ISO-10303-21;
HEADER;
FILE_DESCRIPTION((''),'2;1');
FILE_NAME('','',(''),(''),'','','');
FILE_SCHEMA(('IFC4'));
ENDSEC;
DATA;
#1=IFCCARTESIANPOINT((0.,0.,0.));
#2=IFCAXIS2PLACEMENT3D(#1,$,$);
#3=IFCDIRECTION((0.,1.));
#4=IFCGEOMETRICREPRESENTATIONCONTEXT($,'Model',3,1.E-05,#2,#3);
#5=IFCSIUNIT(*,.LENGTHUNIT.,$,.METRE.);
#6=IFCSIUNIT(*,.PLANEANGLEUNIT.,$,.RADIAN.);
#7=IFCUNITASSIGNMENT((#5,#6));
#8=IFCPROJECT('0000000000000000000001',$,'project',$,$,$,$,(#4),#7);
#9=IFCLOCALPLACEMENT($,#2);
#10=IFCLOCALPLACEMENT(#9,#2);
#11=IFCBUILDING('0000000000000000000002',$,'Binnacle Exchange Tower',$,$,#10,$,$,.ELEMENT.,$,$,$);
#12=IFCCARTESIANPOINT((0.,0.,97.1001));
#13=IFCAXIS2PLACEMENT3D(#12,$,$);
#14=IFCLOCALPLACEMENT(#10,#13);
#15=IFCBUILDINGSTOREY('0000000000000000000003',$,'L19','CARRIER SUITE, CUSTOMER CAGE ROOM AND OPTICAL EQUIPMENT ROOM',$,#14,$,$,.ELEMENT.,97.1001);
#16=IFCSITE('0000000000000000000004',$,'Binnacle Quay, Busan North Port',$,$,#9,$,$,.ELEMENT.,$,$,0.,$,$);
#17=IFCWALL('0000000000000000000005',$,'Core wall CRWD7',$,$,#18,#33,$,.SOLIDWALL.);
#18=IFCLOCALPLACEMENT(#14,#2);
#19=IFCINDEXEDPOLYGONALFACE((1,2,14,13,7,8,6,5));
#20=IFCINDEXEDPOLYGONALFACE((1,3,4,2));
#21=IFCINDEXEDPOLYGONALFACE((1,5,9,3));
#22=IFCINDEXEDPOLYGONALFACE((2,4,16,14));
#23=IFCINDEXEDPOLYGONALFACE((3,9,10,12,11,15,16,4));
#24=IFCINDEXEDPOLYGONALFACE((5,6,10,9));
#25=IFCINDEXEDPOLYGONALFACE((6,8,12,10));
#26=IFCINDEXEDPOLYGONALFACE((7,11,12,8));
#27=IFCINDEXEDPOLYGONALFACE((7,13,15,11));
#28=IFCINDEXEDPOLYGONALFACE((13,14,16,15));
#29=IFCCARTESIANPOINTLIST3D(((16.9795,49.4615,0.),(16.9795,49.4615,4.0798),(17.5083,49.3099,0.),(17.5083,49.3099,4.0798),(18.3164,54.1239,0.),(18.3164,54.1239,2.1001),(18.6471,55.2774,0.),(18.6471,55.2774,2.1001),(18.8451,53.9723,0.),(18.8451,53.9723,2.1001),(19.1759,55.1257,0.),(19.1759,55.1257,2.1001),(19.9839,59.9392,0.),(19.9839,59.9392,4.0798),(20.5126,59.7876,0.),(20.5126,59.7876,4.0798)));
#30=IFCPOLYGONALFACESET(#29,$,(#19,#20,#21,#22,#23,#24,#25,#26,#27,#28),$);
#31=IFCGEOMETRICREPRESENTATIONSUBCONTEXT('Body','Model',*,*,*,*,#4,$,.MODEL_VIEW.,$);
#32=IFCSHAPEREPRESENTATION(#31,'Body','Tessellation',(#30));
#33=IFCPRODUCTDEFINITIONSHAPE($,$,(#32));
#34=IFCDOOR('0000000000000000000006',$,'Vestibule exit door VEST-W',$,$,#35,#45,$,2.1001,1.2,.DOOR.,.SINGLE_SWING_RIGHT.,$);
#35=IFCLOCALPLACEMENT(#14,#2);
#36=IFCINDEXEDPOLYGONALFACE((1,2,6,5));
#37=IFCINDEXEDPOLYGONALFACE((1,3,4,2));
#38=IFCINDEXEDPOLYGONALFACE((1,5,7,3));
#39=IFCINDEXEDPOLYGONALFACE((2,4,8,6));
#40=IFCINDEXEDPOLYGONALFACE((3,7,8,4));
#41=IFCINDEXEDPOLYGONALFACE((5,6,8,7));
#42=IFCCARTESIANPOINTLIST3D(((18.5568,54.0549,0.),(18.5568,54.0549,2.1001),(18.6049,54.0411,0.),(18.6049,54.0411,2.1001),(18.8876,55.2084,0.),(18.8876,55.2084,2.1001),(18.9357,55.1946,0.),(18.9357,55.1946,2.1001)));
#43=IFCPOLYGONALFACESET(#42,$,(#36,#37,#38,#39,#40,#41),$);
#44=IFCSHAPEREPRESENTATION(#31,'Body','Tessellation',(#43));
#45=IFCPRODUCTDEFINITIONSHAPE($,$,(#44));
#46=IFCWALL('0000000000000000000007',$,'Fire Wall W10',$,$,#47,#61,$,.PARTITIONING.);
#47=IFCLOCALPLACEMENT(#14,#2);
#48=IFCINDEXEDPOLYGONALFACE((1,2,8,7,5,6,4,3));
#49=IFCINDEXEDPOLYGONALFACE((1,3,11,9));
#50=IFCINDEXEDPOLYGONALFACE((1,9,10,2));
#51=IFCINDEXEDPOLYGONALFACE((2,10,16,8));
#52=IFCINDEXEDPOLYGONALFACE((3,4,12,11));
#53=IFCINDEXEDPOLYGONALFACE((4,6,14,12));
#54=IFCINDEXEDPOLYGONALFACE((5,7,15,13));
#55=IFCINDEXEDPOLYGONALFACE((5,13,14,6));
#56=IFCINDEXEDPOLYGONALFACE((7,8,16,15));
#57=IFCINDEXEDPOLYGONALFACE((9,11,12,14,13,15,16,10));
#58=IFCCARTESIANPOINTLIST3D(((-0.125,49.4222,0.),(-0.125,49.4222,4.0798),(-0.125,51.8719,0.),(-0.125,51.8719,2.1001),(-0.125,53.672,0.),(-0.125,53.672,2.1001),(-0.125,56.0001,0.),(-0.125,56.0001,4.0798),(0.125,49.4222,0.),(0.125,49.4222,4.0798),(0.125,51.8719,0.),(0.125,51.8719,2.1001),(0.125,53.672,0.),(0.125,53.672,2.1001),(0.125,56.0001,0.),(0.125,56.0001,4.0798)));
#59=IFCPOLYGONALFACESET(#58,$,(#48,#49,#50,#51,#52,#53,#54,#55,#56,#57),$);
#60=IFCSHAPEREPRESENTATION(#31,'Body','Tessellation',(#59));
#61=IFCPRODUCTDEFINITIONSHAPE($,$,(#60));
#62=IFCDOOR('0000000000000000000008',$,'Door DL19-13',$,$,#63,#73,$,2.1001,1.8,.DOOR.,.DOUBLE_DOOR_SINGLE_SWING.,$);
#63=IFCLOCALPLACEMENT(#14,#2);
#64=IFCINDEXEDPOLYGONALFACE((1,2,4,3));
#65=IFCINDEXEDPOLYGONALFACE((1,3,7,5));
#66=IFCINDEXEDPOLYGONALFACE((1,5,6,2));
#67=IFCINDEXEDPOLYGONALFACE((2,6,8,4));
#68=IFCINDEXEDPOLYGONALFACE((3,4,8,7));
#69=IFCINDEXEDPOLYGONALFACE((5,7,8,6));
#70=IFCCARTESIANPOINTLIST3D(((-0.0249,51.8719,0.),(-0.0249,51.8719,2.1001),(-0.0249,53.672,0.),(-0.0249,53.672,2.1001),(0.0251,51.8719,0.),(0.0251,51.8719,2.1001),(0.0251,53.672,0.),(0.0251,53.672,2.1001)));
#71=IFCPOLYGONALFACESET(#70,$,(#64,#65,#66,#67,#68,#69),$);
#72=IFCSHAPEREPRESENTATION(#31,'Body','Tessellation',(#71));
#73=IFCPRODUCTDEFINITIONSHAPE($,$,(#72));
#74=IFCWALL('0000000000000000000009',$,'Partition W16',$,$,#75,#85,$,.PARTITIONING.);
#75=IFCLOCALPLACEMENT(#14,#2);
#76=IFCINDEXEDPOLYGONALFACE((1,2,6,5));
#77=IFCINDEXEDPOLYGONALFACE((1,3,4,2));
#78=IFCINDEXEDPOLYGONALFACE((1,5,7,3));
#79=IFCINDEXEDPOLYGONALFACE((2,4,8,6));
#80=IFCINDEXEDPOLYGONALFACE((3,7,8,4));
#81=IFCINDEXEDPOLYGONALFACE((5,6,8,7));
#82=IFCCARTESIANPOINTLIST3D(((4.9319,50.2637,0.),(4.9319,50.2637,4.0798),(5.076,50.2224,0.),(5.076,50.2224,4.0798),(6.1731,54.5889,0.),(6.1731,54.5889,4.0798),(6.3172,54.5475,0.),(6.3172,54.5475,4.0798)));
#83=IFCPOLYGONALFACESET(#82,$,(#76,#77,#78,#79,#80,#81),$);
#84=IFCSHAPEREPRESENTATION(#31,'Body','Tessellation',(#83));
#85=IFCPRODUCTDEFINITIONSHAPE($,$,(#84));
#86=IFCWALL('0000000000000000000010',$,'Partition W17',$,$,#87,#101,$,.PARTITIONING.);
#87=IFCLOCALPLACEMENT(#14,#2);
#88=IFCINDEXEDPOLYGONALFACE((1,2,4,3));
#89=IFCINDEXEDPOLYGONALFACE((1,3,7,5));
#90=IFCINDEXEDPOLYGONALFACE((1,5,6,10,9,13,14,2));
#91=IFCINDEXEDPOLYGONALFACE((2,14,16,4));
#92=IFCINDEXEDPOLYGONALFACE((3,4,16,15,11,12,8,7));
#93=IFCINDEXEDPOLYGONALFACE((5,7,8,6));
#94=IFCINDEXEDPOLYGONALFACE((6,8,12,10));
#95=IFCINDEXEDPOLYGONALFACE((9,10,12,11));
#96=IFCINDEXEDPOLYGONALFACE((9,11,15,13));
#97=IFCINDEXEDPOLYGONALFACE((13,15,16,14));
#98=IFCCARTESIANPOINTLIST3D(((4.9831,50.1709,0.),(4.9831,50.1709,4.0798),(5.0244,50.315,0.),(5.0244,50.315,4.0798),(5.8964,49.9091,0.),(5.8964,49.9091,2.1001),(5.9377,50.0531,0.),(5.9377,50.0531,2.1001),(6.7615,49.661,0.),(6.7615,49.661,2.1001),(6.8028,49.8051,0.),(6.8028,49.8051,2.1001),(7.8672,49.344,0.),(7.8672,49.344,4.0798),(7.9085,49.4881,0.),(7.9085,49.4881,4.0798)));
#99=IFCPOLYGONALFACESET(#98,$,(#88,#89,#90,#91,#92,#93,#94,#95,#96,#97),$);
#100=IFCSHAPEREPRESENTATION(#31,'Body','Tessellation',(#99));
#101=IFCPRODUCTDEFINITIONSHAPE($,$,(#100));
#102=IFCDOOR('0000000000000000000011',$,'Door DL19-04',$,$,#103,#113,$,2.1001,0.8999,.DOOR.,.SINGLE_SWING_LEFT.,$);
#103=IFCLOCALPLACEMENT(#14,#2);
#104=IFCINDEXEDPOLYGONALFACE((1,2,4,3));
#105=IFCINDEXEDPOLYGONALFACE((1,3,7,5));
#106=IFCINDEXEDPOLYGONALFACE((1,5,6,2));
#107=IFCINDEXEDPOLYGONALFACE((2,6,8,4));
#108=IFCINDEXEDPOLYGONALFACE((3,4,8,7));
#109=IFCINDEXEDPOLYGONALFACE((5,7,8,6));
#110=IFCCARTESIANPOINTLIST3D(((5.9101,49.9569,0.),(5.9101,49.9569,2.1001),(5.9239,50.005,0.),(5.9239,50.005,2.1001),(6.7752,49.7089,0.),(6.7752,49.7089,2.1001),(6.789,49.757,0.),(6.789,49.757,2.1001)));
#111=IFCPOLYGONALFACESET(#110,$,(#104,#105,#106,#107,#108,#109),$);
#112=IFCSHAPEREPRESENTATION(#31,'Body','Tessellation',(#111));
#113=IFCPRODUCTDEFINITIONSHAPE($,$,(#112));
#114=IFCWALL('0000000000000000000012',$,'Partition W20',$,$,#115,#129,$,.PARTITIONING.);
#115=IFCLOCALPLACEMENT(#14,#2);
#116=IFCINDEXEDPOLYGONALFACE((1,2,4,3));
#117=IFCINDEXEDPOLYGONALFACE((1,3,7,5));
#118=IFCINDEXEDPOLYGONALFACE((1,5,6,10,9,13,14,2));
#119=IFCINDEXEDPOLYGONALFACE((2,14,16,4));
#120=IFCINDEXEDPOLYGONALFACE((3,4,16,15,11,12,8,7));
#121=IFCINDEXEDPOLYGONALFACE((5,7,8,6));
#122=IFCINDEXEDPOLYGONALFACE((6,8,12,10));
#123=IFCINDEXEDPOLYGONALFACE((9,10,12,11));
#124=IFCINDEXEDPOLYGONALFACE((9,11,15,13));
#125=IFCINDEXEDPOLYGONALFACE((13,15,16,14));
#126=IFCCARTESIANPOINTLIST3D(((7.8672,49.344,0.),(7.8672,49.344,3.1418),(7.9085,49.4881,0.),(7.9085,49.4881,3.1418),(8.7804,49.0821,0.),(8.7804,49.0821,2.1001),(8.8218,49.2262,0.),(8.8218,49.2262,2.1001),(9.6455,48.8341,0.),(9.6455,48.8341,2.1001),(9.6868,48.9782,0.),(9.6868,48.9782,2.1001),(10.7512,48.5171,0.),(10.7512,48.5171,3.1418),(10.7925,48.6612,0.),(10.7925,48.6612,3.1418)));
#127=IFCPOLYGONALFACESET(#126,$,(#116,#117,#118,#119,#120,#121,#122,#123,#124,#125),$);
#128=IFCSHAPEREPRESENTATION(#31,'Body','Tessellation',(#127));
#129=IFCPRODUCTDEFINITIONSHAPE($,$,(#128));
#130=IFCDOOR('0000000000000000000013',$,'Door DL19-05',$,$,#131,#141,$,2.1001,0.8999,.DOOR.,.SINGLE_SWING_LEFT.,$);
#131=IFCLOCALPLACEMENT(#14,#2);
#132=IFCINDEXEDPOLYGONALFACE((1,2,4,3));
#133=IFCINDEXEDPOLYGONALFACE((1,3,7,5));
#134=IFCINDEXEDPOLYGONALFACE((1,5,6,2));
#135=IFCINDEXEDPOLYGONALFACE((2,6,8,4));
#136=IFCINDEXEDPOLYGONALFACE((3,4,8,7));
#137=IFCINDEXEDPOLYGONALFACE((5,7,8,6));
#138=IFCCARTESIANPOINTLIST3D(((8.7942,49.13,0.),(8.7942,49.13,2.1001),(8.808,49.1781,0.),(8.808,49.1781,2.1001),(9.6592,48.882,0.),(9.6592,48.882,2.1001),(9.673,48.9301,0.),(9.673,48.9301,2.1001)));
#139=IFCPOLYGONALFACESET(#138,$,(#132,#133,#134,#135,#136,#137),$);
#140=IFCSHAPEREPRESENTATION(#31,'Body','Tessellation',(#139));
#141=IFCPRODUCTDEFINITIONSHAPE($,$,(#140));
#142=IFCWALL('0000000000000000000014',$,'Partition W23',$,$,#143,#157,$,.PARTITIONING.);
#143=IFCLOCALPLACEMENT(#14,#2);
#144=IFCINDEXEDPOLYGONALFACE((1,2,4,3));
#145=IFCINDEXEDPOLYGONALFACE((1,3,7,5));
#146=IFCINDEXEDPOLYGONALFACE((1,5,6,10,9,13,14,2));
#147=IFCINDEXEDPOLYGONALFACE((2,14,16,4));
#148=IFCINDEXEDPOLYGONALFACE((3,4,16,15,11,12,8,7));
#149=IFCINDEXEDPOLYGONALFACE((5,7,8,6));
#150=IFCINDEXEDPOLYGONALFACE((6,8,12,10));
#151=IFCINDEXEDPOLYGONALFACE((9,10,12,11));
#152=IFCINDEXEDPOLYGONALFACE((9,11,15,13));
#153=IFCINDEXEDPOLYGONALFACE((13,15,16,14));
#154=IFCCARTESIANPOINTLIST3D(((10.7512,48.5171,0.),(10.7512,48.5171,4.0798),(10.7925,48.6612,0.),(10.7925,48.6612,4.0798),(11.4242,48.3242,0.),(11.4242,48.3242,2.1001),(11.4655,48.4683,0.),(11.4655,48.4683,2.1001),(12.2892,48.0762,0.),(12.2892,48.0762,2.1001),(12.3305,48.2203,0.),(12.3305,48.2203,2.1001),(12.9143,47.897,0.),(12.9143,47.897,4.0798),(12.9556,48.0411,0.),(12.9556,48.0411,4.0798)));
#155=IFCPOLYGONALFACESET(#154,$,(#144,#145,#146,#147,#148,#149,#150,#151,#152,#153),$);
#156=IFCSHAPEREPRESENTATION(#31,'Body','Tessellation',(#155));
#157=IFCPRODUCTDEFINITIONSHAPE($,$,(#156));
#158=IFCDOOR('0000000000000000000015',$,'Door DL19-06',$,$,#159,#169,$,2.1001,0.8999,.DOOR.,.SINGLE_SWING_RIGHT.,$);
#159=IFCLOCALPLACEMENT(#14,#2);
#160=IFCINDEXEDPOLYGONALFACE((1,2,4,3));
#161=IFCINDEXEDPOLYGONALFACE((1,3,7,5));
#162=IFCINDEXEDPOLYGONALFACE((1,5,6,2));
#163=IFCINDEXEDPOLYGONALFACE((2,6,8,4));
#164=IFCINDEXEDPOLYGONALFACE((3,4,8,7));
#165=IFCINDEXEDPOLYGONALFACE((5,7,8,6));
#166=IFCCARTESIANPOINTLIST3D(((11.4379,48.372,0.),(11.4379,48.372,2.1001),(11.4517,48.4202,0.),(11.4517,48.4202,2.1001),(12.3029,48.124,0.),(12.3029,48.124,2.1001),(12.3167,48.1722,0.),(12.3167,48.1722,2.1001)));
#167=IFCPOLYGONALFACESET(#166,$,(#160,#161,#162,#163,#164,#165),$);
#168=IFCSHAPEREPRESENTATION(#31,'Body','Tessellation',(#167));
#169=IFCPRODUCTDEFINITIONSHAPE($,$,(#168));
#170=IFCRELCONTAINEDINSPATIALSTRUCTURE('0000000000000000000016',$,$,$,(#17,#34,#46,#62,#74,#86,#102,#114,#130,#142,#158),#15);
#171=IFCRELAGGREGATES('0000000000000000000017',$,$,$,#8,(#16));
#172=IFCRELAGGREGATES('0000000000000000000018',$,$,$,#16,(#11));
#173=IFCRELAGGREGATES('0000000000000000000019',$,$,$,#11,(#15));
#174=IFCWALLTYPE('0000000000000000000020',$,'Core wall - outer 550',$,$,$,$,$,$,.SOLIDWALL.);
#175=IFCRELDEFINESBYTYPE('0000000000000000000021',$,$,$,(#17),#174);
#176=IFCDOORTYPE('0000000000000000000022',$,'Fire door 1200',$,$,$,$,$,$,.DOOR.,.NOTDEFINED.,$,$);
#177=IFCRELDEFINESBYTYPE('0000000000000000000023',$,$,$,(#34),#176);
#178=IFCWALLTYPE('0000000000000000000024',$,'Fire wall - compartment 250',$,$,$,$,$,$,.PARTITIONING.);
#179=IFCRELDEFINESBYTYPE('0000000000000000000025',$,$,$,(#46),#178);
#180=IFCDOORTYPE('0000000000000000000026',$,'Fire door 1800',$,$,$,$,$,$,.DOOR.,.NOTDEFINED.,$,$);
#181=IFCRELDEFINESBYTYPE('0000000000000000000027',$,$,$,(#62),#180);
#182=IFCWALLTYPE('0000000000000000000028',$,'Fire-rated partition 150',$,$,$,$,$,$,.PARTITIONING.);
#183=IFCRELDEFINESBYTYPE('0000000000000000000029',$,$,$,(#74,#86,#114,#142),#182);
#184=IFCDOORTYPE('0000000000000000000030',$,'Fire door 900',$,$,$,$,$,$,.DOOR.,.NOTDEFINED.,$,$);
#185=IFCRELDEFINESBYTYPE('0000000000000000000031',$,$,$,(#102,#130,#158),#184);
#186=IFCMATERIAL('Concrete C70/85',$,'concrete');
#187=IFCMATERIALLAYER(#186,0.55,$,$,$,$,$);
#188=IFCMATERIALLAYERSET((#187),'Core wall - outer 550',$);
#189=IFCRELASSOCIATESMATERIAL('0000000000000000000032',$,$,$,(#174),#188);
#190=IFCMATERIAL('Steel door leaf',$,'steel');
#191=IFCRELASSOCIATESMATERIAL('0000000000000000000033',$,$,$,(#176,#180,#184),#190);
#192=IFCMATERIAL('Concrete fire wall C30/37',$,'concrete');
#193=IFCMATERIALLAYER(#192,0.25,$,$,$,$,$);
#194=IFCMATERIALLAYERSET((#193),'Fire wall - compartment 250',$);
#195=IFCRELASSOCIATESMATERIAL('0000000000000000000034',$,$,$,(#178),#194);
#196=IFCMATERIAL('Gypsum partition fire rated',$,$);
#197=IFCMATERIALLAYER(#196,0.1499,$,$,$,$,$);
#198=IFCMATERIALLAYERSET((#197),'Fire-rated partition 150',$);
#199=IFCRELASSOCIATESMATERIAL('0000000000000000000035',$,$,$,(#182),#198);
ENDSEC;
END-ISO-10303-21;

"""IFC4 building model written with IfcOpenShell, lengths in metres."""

from ifc_helpers import new_model, si_unit, direction, frame, frame_2d, origin, place, context, subcontext, project, spatial, rectangle, extrude, material, layer, layer_set, type_object, element, fill, save


model = new_model("IFC4")

# Units and contexts
model_context = context("Model", 3, precision=1e-05, world=origin(), true_north=direction((0.0, 1.0)))
body_context = subcontext(model_context, "Body", "Model", "MODEL_VIEW")
ifc_project = project(units=[si_unit("LENGTHUNIT", "METRE"), si_unit("PLANEANGLEUNIT", "RADIAN")], contexts=[model_context])

# Site, building, storey
site_placement = place(None, origin())
site = spatial("IfcSite", under=ifc_project, at=site_placement, Name="Binnacle Quay, Busan North Port", CompositionType="ELEMENT", RefElevation=0.0)
building_placement = place(site_placement, origin())
building = spatial("IfcBuilding", under=site, at=building_placement, Name="Binnacle Exchange Tower", CompositionType="ELEMENT")
storey_placement = place(building_placement, frame((0.0, 0.0, 97.1001)))
storey = spatial("IfcBuildingStorey", under=building, at=storey_placement, Name="L19", Description="CARRIER SUITE, CUSTOMER CAGE ROOM AND OPTICAL EQUIPMENT ROOM", CompositionType="ELEMENT", Elevation=97.1001)

# Shared definitions
ifc_material_1 = material(Name="Concrete C70/85", Category="concrete")

# Shared definitions
ifc_layer_1 = layer(ifc_material_1, 0.55)
ifc_layer_set_1 = layer_set([ifc_layer_1], Name="Core wall - outer 550")
wall_type_1 = type_object("IfcWallType", Name="Core wall - outer 550", PredefinedType="SOLIDWALL", material=ifc_layer_set_1)

# Walls, openings, doors
wall_1_placement = place(storey_placement, frame((17.2439, 49.3857, 0.0), z_axis=(0.0, 0.0, 1.0), x_axis=(0.275632, 0.961263, 0.0)))
wall_1 = element("IfcWall", 1, at=wall_1_placement, inside=storey, type_object=wall_type_1, Name="Core wall CRWD7", PredefinedType="SOLIDWALL", context=body_context, shape_type="SweptSolid", body=[
    extrude(rectangle(XDim=10.8999, YDim=0.55, at=frame_2d((5.45, 0.0))), origin(), (0.0, 0.0, 1.0), 4.0798),
])
opening_1_placement = place(wall_1_placement, frame((4.8501, 0.0, 0.0)))
opening_1 = element("IfcOpeningElement", 2, at=opening_1_placement, cuts=wall_1, PredefinedType="OPENING", context=body_context, shape_type="SweptSolid", body=[
    extrude(rectangle(XDim=1.2, YDim=2.1001, at=frame_2d((0.6001, 1.05))), frame((0.0, 0.2849, 0.0), z_axis=(0.0, -1.0, 0.0), x_axis=(1.0, 0.0, 0.0)), (0.0, 0.0, 1.0), 0.5701),
])
ifc_material_2 = material(Name="Steel door leaf", Category="steel")
door_type_1 = type_object("IfcDoorType", Name="Fire door 1200", OperationType="NOTDEFINED", PredefinedType="DOOR", material=ifc_material_2)
door_1_placement = place(opening_1_placement, origin())
door_1 = element("IfcDoor", 3, at=door_1_placement, inside=storey, type_object=door_type_1, Name="Vestibule exit door VEST-W", OperationType="SINGLE_SWING_RIGHT", OverallHeight=2.1001, OverallWidth=1.2, PredefinedType="DOOR", context=body_context, shape_type="SweptSolid", body=[
    extrude(rectangle(XDim=1.2, YDim=2.1001, at=frame_2d((0.6001, 1.05))), frame((0.0, 0.0249, 0.0), z_axis=(0.0, -1.0, 0.0), x_axis=(1.0, 0.0, 0.0)), (0.0, 0.0, 1.0), 0.05),
])
fill(opening_1, door_1)
ifc_material_3 = material(Name="Concrete fire wall C30/37", Category="concrete")
ifc_layer_2 = layer(ifc_material_3, 0.25)
ifc_layer_set_2 = layer_set([ifc_layer_2], Name="Fire wall - compartment 250")
wall_type_2 = type_object("IfcWallType", Name="Fire wall - compartment 250", PredefinedType="PARTITIONING", material=ifc_layer_set_2)
wall_2_placement = place(storey_placement, frame((0.0, 49.4221, 0.0), z_axis=(0.0, 0.0, 1.0), x_axis=(0.0, 1.0, 0.0)))
wall_2 = element("IfcWall", 4, at=wall_2_placement, inside=storey, type_object=wall_type_2, Name="Fire Wall W10", PredefinedType="PARTITIONING", context=body_context, shape_type="SweptSolid", body=[
    extrude(rectangle(XDim=6.5779, YDim=0.25, at=frame_2d((3.2891, 0.0))), origin(), (0.0, 0.0, 1.0), 4.0798),
])
opening_2_placement = place(wall_2_placement, frame((2.45, 0.0, 0.0)))
opening_2 = element("IfcOpeningElement", 5, at=opening_2_placement, cuts=wall_2, PredefinedType="OPENING", context=body_context, shape_type="SweptSolid", body=[
    extrude(rectangle(XDim=1.8, YDim=2.1001, at=frame_2d((0.8999, 1.05))), frame((0.0, 0.135, 0.0), z_axis=(0.0, -1.0, 0.0), x_axis=(1.0, 0.0, 0.0)), (0.0, 0.0, 1.0), 0.27),
])
door_type_2 = type_object("IfcDoorType", Name="Fire door 1800", OperationType="NOTDEFINED", PredefinedType="DOOR", material=ifc_material_2)
door_2_placement = place(opening_2_placement, origin())
door_2 = element("IfcDoor", 6, at=door_2_placement, inside=storey, type_object=door_type_2, Name="Door DL19-13", OperationType="DOUBLE_DOOR_SINGLE_SWING", OverallHeight=2.1001, OverallWidth=1.8, PredefinedType="DOOR", context=body_context, shape_type="SweptSolid", body=[
    extrude(rectangle(XDim=1.8, YDim=2.1001, at=frame_2d((0.8999, 1.05))), frame((0.0, 0.0249, 0.0), z_axis=(0.0, -1.0, 0.0), x_axis=(1.0, 0.0, 0.0)), (0.0, 0.0, 1.0), 0.05),
])
fill(opening_2, door_2)

# Wall
ifc_material_4 = material(Name="Gypsum partition fire rated")
ifc_layer_3 = layer(ifc_material_4, 0.1499)
ifc_layer_set_3 = layer_set([ifc_layer_3], Name="Fire-rated partition 150")
wall_type_3 = type_object("IfcWallType", Name="Fire-rated partition 150", PredefinedType="PARTITIONING", material=ifc_layer_set_3)
wall_3_placement = place(storey_placement, frame((5.0039, 50.2429, 0.0), z_axis=(0.0, 0.0, 1.0), x_axis=(0.275839, 0.961204, 0.0)))
element("IfcWall", 7, at=wall_3_placement, inside=storey, type_object=wall_type_3, Name="Partition W16", PredefinedType="PARTITIONING", context=body_context, shape_type="SweptSolid", body=[
    extrude(rectangle(XDim=4.4998, YDim=0.1499, at=frame_2d((2.25, 0.0))), origin(), (0.0, 0.0, 1.0), 4.0798),
])

# Walls, openings, doors
wall_4_placement = place(storey_placement, frame((5.0039, 50.2429, 0.0), z_axis=(0.0, 0.0, 1.0), x_axis=(0.961269, -0.275613, 0.0)))
wall_4 = element("IfcWall", 8, at=wall_4_placement, inside=storey, type_object=wall_type_3, Name="Partition W17", PredefinedType="PARTITIONING", context=body_context, shape_type="SweptSolid", body=[
    extrude(rectangle(XDim=3.0002, YDim=0.1499, at=frame_2d((1.5, 0.0))), origin(), (0.0, 0.0, 1.0), 4.0798),
])
opening_3_placement = place(wall_4_placement, frame((0.95, 0.0, 0.0)))
opening_3 = element("IfcOpeningElement", 9, at=opening_3_placement, cuts=wall_4, PredefinedType="OPENING", context=body_context, shape_type="SweptSolid", body=[
    extrude(rectangle(XDim=0.8999, YDim=2.1001, at=frame_2d((0.45, 1.05))), frame((0.0, 0.085, 0.0), z_axis=(0.0, -1.0, 0.0), x_axis=(1.0, 0.0, 0.0)), (0.0, 0.0, 1.0), 0.1699),
])
door_type_3 = type_object("IfcDoorType", Name="Fire door 900", OperationType="NOTDEFINED", PredefinedType="DOOR", material=ifc_material_2)
door_3_placement = place(opening_3_placement, origin())
door_3 = element("IfcDoor", 10, at=door_3_placement, inside=storey, type_object=door_type_3, Name="Door DL19-04", OperationType="SINGLE_SWING_LEFT", OverallHeight=2.1001, OverallWidth=0.8999, PredefinedType="DOOR", context=body_context, shape_type="SweptSolid", body=[
    extrude(rectangle(XDim=0.8999, YDim=2.1001, at=frame_2d((0.45, 1.05))), frame((0.0, 0.0249, 0.0), z_axis=(0.0, -1.0, 0.0), x_axis=(1.0, 0.0, 0.0)), (0.0, 0.0, 1.0), 0.05),
])
fill(opening_3, door_3)
wall_5_placement = place(storey_placement, frame((7.8879, 49.416, 0.0), z_axis=(0.0, 0.0, 1.0), x_axis=(0.961269, -0.275613, 0.0)))
wall_5 = element("IfcWall", 11, at=wall_5_placement, inside=storey, type_object=wall_type_3, Name="Partition W20", PredefinedType="PARTITIONING", context=body_context, shape_type="SweptSolid", body=[
    extrude(rectangle(XDim=3.0002, YDim=0.1499, at=frame_2d((1.5, 0.0))), origin(), (0.0, 0.0, 1.0), 3.1418),
])
opening_4_placement = place(wall_5_placement, frame((0.95, 0.0, 0.0)))
opening_4 = element("IfcOpeningElement", 12, at=opening_4_placement, cuts=wall_5, PredefinedType="OPENING", context=body_context, shape_type="SweptSolid", body=[
    extrude(rectangle(XDim=0.8999, YDim=2.1001, at=frame_2d((0.45, 1.05))), frame((0.0, 0.085, 0.0), z_axis=(0.0, -1.0, 0.0), x_axis=(1.0, 0.0, 0.0)), (0.0, 0.0, 1.0), 0.1699),
])
door_4_placement = place(opening_4_placement, origin())
door_4 = element("IfcDoor", 13, at=door_4_placement, inside=storey, type_object=door_type_3, Name="Door DL19-05", OperationType="SINGLE_SWING_LEFT", OverallHeight=2.1001, OverallWidth=0.8999, PredefinedType="DOOR", context=body_context, shape_type="SweptSolid", body=[
    extrude(rectangle(XDim=0.8999, YDim=2.1001, at=frame_2d((0.45, 1.05))), frame((0.0, 0.0249, 0.0), z_axis=(0.0, -1.0, 0.0), x_axis=(1.0, 0.0, 0.0)), (0.0, 0.0, 1.0), 0.05),
])
fill(opening_4, door_4)
wall_6_placement = place(storey_placement, frame((10.772, 48.5891, 0.0), z_axis=(0.0, 0.0, 1.0), x_axis=(0.961278, -0.275581, 0.0)))
wall_6 = element("IfcWall", 14, at=wall_6_placement, inside=storey, type_object=wall_type_3, Name="Partition W23", PredefinedType="PARTITIONING", context=body_context, shape_type="SweptSolid", body=[
    extrude(rectangle(XDim=2.2502, YDim=0.1499, at=frame_2d((1.125, 0.0))), origin(), (0.0, 0.0, 1.0), 4.0798),
])
opening_5_placement = place(wall_6_placement, frame((0.7, 0.0, 0.0)))
opening_5 = element("IfcOpeningElement", 15, at=opening_5_placement, cuts=wall_6, PredefinedType="OPENING", context=body_context, shape_type="SweptSolid", body=[
    extrude(rectangle(XDim=0.8999, YDim=2.1001, at=frame_2d((0.45, 1.05))), frame((0.0, 0.085, 0.0), z_axis=(0.0, -1.0, 0.0), x_axis=(1.0, 0.0, 0.0)), (0.0, 0.0, 1.0), 0.1699),
])
door_5_placement = place(opening_5_placement, origin())
door_5 = element("IfcDoor", 16, at=door_5_placement, inside=storey, type_object=door_type_3, Name="Door DL19-06", OperationType="SINGLE_SWING_RIGHT", OverallHeight=2.1001, OverallWidth=0.8999, PredefinedType="DOOR", context=body_context, shape_type="SweptSolid", body=[
    extrude(rectangle(XDim=0.8999, YDim=2.1001, at=frame_2d((0.45, 1.05))), frame((0.0, 0.0249, 0.0), z_axis=(0.0, -1.0, 0.0), x_axis=(1.0, 0.0, 0.0)), (0.0, 0.0, 1.0), 0.05),
])
fill(opening_5, door_5)

save(model, "model.ifc")
